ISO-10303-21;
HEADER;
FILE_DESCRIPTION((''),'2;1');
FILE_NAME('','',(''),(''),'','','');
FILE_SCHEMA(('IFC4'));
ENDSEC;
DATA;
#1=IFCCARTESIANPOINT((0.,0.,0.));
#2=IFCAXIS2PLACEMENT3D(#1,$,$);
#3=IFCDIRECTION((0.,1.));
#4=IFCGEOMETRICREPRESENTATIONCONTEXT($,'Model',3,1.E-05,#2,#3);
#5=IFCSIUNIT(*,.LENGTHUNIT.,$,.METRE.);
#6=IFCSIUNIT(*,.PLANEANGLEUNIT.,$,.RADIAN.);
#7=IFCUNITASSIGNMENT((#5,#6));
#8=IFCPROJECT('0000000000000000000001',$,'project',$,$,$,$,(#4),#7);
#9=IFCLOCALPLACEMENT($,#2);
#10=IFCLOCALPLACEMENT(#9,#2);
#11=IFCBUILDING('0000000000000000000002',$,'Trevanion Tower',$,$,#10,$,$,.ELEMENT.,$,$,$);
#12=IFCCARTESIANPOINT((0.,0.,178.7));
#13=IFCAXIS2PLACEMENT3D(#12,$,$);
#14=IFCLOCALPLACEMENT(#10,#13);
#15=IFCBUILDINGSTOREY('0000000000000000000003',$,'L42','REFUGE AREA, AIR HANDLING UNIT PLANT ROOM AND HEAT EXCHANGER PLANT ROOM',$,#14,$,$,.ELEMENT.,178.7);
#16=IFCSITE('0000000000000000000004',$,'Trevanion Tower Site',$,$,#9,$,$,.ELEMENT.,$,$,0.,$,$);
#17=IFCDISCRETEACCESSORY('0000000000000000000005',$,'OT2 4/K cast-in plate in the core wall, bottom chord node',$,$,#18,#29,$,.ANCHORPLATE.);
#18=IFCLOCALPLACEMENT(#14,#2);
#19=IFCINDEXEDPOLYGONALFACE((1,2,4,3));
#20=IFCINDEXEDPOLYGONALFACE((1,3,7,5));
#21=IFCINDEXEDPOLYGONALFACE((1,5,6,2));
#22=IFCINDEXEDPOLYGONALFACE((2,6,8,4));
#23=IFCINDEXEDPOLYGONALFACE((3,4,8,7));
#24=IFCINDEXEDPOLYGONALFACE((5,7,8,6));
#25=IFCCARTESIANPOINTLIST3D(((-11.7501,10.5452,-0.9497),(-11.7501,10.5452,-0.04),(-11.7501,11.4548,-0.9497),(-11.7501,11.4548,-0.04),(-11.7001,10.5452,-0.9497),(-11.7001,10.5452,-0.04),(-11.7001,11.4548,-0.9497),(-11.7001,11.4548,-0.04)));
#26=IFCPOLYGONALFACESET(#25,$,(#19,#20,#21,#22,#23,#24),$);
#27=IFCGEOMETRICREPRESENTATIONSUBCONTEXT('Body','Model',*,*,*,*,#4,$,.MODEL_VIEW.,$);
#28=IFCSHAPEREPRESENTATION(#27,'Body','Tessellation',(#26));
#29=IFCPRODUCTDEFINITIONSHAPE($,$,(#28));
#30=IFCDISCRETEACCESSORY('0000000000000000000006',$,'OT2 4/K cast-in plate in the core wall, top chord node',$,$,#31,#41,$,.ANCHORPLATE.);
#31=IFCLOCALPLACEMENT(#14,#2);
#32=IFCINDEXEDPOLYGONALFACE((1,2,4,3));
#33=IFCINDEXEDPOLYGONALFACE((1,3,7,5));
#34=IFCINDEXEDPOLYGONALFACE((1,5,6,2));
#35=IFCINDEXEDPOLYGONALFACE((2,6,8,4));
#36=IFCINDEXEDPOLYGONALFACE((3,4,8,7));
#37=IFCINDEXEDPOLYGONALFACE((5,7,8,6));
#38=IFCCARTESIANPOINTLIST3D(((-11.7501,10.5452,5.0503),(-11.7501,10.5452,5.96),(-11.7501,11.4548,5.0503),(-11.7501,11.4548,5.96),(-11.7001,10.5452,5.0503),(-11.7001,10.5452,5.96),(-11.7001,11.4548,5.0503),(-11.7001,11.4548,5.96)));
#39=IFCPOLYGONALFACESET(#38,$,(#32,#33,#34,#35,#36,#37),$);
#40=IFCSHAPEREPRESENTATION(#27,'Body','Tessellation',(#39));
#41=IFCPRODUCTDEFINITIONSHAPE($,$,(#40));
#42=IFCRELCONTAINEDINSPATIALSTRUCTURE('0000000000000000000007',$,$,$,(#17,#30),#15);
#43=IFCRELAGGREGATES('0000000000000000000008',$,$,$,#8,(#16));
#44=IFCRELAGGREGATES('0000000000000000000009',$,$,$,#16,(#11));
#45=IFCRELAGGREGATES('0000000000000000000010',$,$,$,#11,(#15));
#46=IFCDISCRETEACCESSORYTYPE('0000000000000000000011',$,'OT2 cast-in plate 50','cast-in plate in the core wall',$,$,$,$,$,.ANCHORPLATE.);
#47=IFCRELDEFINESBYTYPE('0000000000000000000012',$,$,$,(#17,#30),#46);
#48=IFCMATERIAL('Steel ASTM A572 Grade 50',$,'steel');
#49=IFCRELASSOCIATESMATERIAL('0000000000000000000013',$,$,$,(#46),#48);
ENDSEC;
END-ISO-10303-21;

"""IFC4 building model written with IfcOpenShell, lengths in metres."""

from ifc_helpers import new_model, si_unit, direction, frame, origin, origin_2d, place, context, subcontext, project, spatial, rectangle, extrude, material, type_object, element, save


model = new_model("IFC4")

# Units and contexts
model_context = context("Model", 3, precision=1e-05, world=origin(), true_north=direction((0.0, 1.0)))
body_context = subcontext(model_context, "Body", "Model", "MODEL_VIEW")
ifc_project = project(units=[si_unit("LENGTHUNIT", "METRE"), si_unit("PLANEANGLEUNIT", "RADIAN")], contexts=[model_context])

# Site, building, storey
site_placement = place(None, origin())
site = spatial("IfcSite", under=ifc_project, at=site_placement, Name="Trevanion Tower Site", CompositionType="ELEMENT", RefElevation=0.0)
building_placement = place(site_placement, origin())
building = spatial("IfcBuilding", under=site, at=building_placement, Name="Trevanion Tower", CompositionType="ELEMENT")
storey_placement = place(building_placement, frame((0.0, 0.0, 178.7)))
storey = spatial("IfcBuildingStorey", under=building, at=storey_placement, Name="L42", Description="REFUGE AREA, AIR HANDLING UNIT PLANT ROOM AND HEAT EXCHANGER PLANT ROOM", CompositionType="ELEMENT", Elevation=178.7)

# Discrete accessories
ifc_material_1 = material(Name="Steel ASTM A572 Grade 50", Category="steel")
discrete_accessory_type = type_object("IfcDiscreteAccessoryType", Name="OT2 cast-in plate 50", Description="cast-in plate in the core wall", PredefinedType="ANCHORPLATE", material=ifc_material_1)
for number, where, z_axis, x_axis, name in (
    (1, (-11.7251, 11.0, -0.9497), (0.0, 0.0, 1.0), (-1.0, 0.0, 0.0), "OT2 4/K cast-in plate in the core wall, bottom chord node"),
    (2, (-11.7251, 11.0, 5.0503), (0.0, 0.0, 1.0), (-1.0, 0.0, 0.0), "OT2 4/K cast-in plate in the core wall, top chord node"),
):
    element("IfcDiscreteAccessory", number, at=place(storey_placement, frame(where, z_axis=z_axis, x_axis=x_axis)), inside=storey, type_object=discrete_accessory_type, Name=name, PredefinedType="ANCHORPLATE", context=body_context, shape_type="SweptSolid", body=[
        extrude(rectangle(XDim=0.05, YDim=0.9097, at=origin_2d()), origin(), (0.0, 0.0, 1.0), 0.9097),
    ])

save(model, "model.ifc")
